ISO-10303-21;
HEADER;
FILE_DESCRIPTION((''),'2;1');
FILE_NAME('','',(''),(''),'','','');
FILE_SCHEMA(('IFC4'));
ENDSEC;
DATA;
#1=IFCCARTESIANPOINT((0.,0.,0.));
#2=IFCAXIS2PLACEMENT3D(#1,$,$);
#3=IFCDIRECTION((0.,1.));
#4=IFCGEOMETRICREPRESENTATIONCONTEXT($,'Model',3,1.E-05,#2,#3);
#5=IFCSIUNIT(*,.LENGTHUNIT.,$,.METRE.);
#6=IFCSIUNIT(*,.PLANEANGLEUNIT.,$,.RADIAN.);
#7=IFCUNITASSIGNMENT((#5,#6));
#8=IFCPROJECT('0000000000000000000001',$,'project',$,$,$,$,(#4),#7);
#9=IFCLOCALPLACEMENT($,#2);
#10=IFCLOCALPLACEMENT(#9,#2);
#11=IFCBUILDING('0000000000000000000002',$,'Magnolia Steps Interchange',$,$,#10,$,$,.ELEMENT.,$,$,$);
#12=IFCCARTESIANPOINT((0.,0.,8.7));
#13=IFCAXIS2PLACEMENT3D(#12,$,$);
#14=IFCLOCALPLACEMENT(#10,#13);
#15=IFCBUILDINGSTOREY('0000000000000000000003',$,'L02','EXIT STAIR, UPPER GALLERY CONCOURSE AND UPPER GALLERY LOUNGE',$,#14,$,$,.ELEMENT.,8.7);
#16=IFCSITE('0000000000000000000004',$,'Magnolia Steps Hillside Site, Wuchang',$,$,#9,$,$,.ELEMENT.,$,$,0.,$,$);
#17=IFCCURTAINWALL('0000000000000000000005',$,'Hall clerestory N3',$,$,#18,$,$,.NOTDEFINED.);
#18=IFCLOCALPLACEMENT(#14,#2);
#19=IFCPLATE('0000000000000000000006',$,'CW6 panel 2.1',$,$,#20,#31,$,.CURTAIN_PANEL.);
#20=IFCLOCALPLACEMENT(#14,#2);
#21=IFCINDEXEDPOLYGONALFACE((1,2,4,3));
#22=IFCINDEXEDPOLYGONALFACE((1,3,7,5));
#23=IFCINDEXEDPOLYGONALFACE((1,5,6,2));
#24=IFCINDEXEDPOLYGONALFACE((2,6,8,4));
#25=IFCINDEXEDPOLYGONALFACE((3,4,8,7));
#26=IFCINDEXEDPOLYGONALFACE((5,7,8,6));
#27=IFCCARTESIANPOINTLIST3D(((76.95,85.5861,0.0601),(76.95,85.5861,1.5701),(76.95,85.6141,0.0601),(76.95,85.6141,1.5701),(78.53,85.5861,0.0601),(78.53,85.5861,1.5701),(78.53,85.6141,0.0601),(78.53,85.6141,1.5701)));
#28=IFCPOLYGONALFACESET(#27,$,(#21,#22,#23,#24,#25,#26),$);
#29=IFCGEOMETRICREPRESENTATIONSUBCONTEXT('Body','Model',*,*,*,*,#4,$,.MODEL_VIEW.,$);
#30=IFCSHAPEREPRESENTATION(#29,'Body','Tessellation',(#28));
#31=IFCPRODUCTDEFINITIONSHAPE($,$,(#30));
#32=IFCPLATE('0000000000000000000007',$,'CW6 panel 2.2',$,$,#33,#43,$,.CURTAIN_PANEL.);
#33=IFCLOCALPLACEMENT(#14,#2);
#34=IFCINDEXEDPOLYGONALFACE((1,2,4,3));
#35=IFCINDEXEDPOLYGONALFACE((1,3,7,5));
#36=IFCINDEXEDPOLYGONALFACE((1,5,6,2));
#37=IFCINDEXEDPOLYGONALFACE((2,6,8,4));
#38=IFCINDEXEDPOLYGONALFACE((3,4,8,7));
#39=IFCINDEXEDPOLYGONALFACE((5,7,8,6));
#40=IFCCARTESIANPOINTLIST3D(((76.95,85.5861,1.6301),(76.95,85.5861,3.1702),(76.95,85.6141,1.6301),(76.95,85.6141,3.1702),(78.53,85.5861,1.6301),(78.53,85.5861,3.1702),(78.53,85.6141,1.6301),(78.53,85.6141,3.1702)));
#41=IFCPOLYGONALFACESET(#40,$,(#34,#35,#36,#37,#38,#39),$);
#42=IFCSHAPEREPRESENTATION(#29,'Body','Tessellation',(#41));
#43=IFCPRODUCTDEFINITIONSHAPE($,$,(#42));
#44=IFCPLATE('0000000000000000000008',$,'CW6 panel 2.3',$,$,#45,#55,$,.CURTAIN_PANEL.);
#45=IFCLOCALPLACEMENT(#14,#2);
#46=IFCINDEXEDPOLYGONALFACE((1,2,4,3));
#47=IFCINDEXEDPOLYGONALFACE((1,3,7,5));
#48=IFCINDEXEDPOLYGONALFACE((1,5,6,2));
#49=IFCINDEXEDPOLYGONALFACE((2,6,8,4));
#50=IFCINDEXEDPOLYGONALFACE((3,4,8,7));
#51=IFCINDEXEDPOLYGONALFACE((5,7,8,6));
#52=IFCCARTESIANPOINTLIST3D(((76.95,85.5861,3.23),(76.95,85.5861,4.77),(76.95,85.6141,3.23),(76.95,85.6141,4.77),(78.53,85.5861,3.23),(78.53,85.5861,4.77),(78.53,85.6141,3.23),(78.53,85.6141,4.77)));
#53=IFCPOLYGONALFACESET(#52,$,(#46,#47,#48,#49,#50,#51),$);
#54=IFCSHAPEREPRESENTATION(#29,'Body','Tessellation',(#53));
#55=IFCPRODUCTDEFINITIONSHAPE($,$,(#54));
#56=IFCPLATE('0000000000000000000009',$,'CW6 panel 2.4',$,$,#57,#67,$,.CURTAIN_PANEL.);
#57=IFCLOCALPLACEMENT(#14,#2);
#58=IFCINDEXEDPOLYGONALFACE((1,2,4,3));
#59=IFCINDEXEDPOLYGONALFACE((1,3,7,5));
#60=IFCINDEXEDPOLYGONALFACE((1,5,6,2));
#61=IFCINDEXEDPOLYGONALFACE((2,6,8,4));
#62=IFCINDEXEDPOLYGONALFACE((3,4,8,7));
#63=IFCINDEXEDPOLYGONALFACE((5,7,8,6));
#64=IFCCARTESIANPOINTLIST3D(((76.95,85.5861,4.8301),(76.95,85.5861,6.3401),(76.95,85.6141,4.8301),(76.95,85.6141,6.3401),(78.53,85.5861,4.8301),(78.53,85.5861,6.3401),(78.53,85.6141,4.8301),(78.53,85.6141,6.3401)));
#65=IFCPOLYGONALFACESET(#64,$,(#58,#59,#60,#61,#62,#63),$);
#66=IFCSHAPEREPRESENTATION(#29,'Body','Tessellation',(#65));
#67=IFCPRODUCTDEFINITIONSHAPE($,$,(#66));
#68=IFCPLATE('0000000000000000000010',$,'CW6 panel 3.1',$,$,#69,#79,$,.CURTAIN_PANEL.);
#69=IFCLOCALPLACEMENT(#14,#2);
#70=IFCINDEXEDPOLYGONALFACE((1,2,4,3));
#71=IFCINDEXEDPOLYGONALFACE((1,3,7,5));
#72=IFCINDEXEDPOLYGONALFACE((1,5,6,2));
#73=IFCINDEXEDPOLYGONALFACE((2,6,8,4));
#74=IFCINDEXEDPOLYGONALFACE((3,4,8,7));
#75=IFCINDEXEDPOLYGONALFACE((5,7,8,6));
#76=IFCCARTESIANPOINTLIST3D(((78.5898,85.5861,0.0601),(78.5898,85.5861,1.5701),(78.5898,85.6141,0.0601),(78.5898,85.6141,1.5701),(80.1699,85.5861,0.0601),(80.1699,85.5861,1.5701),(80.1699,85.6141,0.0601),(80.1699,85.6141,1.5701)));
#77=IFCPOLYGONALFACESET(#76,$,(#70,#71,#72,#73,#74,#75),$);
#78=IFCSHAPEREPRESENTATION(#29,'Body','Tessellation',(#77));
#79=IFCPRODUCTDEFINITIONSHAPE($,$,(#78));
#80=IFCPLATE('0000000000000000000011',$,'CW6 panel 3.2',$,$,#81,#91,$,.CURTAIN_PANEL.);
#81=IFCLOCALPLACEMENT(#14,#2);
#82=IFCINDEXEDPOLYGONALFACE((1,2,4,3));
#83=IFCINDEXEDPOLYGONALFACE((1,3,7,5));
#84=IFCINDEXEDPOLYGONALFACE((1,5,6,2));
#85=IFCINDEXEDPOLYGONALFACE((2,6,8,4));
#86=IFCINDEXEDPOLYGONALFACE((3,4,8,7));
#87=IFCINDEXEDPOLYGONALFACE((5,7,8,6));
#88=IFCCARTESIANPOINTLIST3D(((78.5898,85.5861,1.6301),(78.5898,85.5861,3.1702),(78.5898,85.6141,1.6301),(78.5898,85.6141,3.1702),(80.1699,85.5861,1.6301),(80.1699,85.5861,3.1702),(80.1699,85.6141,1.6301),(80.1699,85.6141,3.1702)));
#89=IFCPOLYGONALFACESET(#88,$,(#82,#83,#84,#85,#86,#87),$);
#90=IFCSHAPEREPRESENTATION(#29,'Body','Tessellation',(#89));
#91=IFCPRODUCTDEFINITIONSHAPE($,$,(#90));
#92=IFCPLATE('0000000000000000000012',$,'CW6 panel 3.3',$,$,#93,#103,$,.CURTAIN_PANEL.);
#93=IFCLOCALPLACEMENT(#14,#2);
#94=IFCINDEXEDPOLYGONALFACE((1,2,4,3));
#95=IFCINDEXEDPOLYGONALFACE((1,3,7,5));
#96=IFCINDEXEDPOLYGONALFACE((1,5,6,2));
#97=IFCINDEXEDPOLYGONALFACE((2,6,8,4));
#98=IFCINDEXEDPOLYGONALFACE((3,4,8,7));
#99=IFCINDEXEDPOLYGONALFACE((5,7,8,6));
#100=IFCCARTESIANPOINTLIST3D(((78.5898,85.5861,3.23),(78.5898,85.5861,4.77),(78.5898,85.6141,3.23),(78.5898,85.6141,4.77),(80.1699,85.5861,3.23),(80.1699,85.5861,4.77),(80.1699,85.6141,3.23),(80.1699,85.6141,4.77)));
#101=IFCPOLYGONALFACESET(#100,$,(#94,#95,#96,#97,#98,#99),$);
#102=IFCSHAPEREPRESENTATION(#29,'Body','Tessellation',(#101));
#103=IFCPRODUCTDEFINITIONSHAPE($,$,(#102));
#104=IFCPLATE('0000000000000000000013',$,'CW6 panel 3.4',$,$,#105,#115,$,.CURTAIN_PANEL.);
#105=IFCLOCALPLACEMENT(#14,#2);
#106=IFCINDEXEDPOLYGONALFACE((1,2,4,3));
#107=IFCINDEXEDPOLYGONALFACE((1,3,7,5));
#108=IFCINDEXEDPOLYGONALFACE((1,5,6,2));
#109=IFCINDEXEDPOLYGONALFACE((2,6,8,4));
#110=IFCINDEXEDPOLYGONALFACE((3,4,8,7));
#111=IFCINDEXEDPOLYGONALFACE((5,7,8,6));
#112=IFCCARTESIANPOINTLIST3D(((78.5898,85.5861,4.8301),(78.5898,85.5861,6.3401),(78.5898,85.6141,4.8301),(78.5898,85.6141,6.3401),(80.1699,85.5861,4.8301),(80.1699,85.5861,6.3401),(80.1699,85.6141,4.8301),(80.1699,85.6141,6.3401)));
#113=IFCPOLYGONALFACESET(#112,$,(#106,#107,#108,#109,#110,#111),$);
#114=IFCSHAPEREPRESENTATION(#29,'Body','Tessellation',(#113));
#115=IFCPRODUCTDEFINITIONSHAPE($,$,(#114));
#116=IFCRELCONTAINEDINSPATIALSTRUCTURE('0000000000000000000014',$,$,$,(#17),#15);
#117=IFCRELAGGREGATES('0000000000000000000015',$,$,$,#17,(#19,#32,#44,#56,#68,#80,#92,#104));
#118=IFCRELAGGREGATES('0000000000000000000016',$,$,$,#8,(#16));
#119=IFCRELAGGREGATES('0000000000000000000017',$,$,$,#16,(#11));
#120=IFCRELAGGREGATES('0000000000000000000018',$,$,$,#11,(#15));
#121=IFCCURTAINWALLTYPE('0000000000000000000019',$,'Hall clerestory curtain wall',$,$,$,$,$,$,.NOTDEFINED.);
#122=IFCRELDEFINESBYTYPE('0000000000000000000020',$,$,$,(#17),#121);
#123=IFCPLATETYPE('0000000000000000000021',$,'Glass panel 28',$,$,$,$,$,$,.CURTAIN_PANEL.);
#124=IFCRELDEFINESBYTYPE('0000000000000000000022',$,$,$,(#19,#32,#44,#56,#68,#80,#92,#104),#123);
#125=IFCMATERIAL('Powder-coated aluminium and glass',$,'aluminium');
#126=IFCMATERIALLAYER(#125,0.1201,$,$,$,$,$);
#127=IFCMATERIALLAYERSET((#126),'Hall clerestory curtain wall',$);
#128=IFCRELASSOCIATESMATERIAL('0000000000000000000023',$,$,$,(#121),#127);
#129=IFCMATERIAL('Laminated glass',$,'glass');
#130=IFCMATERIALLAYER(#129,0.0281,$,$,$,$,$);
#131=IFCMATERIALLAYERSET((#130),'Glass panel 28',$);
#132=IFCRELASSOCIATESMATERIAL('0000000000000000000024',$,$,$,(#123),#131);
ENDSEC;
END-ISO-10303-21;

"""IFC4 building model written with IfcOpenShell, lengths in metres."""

from ifc_helpers import new_model, si_unit, direction, frame, origin, origin_2d, place, context, subcontext, project, spatial, rectangle, extrude, material, layer, layer_set, type_object, element, aggregate, save


model = new_model("IFC4")

# Units and contexts
model_context = context("Model", 3, precision=1e-05, world=origin(), true_north=direction((0.0, 1.0)))
body_context = subcontext(model_context, "Body", "Model", "MODEL_VIEW")
ifc_project = project(units=[si_unit("LENGTHUNIT", "METRE"), si_unit("PLANEANGLEUNIT", "RADIAN")], contexts=[model_context])

# Site, building, storey
site_placement = place(None, origin())
site = spatial("IfcSite", under=ifc_project, at=site_placement, Name="Magnolia Steps Hillside Site, Wuchang", CompositionType="ELEMENT", RefElevation=0.0)
building_placement = place(site_placement, origin())
building = spatial("IfcBuilding", under=site, at=building_placement, Name="Magnolia Steps Interchange", CompositionType="ELEMENT")
storey_placement = place(building_placement, frame((0.0, 0.0, 8.7)))
storey = spatial("IfcBuildingStorey", under=building, at=storey_placement, Name="L02", Description="EXIT STAIR, UPPER GALLERY CONCOURSE AND UPPER GALLERY LOUNGE", CompositionType="ELEMENT", Elevation=8.7)

# Curtain wall, plates
ifc_material_1 = material(Name="Powder-coated aluminium and glass", Category="aluminium")
ifc_layer_1 = layer(ifc_material_1, 0.1201)
ifc_layer_set_1 = layer_set([ifc_layer_1], Name="Hall clerestory curtain wall")
curtain_wall_type = type_object("IfcCurtainWallType", Name="Hall clerestory curtain wall", PredefinedType="NOTDEFINED", material=ifc_layer_set_1)
curtain_wall_placement = place(storey_placement, origin())
curtain_wall = element("IfcCurtainWall", 1, at=curtain_wall_placement, inside=storey, type_object=curtain_wall_type, Name="Hall clerestory N3", PredefinedType="NOTDEFINED")
ifc_material_2 = material(Name="Laminated glass", Category="glass")
ifc_layer_2 = layer(ifc_material_2, 0.0281)
ifc_layer_set_2 = layer_set([ifc_layer_2], Name="Glass panel 28")
plate_type = type_object("IfcPlateType", Name="Glass panel 28", PredefinedType="CURTAIN_PANEL", material=ifc_layer_set_2)
plate_1_placement = place(storey_placement, frame((77.74, 85.6001, 0.0601), z_axis=(0.0, 0.0, 1.0), x_axis=(1.0, 0.0, 0.0)))
plate_1 = element("IfcPlate", 2, at=plate_1_placement, type_object=plate_type, Name="CW6 panel 2.1", PredefinedType="CURTAIN_PANEL", context=body_context, shape_type="SweptSolid", body=[
    extrude(rectangle(XDim=1.5801, YDim=0.0281, at=origin_2d()), origin(), (0.0, 0.0, 1.0), 1.51),
])
plate_2_placement = place(storey_placement, frame((77.74, 85.6001, 1.6301), z_axis=(0.0, 0.0, 1.0), x_axis=(1.0, 0.0, 0.0)))
plate_2 = element("IfcPlate", 3, at=plate_2_placement, type_object=plate_type, Name="CW6 panel 2.2", PredefinedType="CURTAIN_PANEL", context=body_context, shape_type="SweptSolid", body=[
    extrude(rectangle(XDim=1.5801, YDim=0.0281, at=origin_2d()), origin(), (0.0, 0.0, 1.0), 1.54),
])
plate_3_placement = place(storey_placement, frame((77.74, 85.6001, 3.23), z_axis=(0.0, 0.0, 1.0), x_axis=(1.0, 0.0, 0.0)))
plate_3 = element("IfcPlate", 4, at=plate_3_placement, type_object=plate_type, Name="CW6 panel 2.3", PredefinedType="CURTAIN_PANEL", context=body_context, shape_type="SweptSolid", body=[
    extrude(rectangle(XDim=1.5801, YDim=0.0281, at=origin_2d()), origin(), (0.0, 0.0, 1.0), 1.54),
])
plate_4_placement = place(storey_placement, frame((77.74, 85.6001, 4.8301), z_axis=(0.0, 0.0, 1.0), x_axis=(1.0, 0.0, 0.0)))
plate_4 = element("IfcPlate", 5, at=plate_4_placement, type_object=plate_type, Name="CW6 panel 2.4", PredefinedType="CURTAIN_PANEL", context=body_context, shape_type="SweptSolid", body=[
    extrude(rectangle(XDim=1.5801, YDim=0.0281, at=origin_2d()), origin(), (0.0, 0.0, 1.0), 1.51),
])
plate_5_placement = place(storey_placement, frame((79.3799, 85.6001, 0.0601), z_axis=(0.0, 0.0, 1.0), x_axis=(1.0, 0.0, 0.0)))
plate_5 = element("IfcPlate", 6, at=plate_5_placement, type_object=plate_type, Name="CW6 panel 3.1", PredefinedType="CURTAIN_PANEL", context=body_context, shape_type="SweptSolid", body=[
    extrude(rectangle(XDim=1.5801, YDim=0.0281, at=origin_2d()), origin(), (0.0, 0.0, 1.0), 1.51),
])
plate_6_placement = place(storey_placement, frame((79.3799, 85.6001, 1.6301), z_axis=(0.0, 0.0, 1.0), x_axis=(1.0, 0.0, 0.0)))
plate_6 = element("IfcPlate", 7, at=plate_6_placement, type_object=plate_type, Name="CW6 panel 3.2", PredefinedType="CURTAIN_PANEL", context=body_context, shape_type="SweptSolid", body=[
    extrude(rectangle(XDim=1.5801, YDim=0.0281, at=origin_2d()), origin(), (0.0, 0.0, 1.0), 1.54),
])
plate_7_placement = place(storey_placement, frame((79.3799, 85.6001, 3.23), z_axis=(0.0, 0.0, 1.0), x_axis=(1.0, 0.0, 0.0)))
plate_7 = element("IfcPlate", 8, at=plate_7_placement, type_object=plate_type, Name="CW6 panel 3.3", PredefinedType="CURTAIN_PANEL", context=body_context, shape_type="SweptSolid", body=[
    extrude(rectangle(XDim=1.5801, YDim=0.0281, at=origin_2d()), origin(), (0.0, 0.0, 1.0), 1.54),
])
plate_8_placement = place(storey_placement, frame((79.3799, 85.6001, 4.8301), z_axis=(0.0, 0.0, 1.0), x_axis=(1.0, 0.0, 0.0)))
plate_8 = element("IfcPlate", 9, at=plate_8_placement, type_object=plate_type, Name="CW6 panel 3.4", PredefinedType="CURTAIN_PANEL", context=body_context, shape_type="SweptSolid", body=[
    extrude(rectangle(XDim=1.5801, YDim=0.0281, at=origin_2d()), origin(), (0.0, 0.0, 1.0), 1.51),
])
aggregate(curtain_wall, [plate_1, plate_2, plate_3, plate_4, plate_5, plate_6, plate_7, plate_8])

save(model, "model.ifc")
